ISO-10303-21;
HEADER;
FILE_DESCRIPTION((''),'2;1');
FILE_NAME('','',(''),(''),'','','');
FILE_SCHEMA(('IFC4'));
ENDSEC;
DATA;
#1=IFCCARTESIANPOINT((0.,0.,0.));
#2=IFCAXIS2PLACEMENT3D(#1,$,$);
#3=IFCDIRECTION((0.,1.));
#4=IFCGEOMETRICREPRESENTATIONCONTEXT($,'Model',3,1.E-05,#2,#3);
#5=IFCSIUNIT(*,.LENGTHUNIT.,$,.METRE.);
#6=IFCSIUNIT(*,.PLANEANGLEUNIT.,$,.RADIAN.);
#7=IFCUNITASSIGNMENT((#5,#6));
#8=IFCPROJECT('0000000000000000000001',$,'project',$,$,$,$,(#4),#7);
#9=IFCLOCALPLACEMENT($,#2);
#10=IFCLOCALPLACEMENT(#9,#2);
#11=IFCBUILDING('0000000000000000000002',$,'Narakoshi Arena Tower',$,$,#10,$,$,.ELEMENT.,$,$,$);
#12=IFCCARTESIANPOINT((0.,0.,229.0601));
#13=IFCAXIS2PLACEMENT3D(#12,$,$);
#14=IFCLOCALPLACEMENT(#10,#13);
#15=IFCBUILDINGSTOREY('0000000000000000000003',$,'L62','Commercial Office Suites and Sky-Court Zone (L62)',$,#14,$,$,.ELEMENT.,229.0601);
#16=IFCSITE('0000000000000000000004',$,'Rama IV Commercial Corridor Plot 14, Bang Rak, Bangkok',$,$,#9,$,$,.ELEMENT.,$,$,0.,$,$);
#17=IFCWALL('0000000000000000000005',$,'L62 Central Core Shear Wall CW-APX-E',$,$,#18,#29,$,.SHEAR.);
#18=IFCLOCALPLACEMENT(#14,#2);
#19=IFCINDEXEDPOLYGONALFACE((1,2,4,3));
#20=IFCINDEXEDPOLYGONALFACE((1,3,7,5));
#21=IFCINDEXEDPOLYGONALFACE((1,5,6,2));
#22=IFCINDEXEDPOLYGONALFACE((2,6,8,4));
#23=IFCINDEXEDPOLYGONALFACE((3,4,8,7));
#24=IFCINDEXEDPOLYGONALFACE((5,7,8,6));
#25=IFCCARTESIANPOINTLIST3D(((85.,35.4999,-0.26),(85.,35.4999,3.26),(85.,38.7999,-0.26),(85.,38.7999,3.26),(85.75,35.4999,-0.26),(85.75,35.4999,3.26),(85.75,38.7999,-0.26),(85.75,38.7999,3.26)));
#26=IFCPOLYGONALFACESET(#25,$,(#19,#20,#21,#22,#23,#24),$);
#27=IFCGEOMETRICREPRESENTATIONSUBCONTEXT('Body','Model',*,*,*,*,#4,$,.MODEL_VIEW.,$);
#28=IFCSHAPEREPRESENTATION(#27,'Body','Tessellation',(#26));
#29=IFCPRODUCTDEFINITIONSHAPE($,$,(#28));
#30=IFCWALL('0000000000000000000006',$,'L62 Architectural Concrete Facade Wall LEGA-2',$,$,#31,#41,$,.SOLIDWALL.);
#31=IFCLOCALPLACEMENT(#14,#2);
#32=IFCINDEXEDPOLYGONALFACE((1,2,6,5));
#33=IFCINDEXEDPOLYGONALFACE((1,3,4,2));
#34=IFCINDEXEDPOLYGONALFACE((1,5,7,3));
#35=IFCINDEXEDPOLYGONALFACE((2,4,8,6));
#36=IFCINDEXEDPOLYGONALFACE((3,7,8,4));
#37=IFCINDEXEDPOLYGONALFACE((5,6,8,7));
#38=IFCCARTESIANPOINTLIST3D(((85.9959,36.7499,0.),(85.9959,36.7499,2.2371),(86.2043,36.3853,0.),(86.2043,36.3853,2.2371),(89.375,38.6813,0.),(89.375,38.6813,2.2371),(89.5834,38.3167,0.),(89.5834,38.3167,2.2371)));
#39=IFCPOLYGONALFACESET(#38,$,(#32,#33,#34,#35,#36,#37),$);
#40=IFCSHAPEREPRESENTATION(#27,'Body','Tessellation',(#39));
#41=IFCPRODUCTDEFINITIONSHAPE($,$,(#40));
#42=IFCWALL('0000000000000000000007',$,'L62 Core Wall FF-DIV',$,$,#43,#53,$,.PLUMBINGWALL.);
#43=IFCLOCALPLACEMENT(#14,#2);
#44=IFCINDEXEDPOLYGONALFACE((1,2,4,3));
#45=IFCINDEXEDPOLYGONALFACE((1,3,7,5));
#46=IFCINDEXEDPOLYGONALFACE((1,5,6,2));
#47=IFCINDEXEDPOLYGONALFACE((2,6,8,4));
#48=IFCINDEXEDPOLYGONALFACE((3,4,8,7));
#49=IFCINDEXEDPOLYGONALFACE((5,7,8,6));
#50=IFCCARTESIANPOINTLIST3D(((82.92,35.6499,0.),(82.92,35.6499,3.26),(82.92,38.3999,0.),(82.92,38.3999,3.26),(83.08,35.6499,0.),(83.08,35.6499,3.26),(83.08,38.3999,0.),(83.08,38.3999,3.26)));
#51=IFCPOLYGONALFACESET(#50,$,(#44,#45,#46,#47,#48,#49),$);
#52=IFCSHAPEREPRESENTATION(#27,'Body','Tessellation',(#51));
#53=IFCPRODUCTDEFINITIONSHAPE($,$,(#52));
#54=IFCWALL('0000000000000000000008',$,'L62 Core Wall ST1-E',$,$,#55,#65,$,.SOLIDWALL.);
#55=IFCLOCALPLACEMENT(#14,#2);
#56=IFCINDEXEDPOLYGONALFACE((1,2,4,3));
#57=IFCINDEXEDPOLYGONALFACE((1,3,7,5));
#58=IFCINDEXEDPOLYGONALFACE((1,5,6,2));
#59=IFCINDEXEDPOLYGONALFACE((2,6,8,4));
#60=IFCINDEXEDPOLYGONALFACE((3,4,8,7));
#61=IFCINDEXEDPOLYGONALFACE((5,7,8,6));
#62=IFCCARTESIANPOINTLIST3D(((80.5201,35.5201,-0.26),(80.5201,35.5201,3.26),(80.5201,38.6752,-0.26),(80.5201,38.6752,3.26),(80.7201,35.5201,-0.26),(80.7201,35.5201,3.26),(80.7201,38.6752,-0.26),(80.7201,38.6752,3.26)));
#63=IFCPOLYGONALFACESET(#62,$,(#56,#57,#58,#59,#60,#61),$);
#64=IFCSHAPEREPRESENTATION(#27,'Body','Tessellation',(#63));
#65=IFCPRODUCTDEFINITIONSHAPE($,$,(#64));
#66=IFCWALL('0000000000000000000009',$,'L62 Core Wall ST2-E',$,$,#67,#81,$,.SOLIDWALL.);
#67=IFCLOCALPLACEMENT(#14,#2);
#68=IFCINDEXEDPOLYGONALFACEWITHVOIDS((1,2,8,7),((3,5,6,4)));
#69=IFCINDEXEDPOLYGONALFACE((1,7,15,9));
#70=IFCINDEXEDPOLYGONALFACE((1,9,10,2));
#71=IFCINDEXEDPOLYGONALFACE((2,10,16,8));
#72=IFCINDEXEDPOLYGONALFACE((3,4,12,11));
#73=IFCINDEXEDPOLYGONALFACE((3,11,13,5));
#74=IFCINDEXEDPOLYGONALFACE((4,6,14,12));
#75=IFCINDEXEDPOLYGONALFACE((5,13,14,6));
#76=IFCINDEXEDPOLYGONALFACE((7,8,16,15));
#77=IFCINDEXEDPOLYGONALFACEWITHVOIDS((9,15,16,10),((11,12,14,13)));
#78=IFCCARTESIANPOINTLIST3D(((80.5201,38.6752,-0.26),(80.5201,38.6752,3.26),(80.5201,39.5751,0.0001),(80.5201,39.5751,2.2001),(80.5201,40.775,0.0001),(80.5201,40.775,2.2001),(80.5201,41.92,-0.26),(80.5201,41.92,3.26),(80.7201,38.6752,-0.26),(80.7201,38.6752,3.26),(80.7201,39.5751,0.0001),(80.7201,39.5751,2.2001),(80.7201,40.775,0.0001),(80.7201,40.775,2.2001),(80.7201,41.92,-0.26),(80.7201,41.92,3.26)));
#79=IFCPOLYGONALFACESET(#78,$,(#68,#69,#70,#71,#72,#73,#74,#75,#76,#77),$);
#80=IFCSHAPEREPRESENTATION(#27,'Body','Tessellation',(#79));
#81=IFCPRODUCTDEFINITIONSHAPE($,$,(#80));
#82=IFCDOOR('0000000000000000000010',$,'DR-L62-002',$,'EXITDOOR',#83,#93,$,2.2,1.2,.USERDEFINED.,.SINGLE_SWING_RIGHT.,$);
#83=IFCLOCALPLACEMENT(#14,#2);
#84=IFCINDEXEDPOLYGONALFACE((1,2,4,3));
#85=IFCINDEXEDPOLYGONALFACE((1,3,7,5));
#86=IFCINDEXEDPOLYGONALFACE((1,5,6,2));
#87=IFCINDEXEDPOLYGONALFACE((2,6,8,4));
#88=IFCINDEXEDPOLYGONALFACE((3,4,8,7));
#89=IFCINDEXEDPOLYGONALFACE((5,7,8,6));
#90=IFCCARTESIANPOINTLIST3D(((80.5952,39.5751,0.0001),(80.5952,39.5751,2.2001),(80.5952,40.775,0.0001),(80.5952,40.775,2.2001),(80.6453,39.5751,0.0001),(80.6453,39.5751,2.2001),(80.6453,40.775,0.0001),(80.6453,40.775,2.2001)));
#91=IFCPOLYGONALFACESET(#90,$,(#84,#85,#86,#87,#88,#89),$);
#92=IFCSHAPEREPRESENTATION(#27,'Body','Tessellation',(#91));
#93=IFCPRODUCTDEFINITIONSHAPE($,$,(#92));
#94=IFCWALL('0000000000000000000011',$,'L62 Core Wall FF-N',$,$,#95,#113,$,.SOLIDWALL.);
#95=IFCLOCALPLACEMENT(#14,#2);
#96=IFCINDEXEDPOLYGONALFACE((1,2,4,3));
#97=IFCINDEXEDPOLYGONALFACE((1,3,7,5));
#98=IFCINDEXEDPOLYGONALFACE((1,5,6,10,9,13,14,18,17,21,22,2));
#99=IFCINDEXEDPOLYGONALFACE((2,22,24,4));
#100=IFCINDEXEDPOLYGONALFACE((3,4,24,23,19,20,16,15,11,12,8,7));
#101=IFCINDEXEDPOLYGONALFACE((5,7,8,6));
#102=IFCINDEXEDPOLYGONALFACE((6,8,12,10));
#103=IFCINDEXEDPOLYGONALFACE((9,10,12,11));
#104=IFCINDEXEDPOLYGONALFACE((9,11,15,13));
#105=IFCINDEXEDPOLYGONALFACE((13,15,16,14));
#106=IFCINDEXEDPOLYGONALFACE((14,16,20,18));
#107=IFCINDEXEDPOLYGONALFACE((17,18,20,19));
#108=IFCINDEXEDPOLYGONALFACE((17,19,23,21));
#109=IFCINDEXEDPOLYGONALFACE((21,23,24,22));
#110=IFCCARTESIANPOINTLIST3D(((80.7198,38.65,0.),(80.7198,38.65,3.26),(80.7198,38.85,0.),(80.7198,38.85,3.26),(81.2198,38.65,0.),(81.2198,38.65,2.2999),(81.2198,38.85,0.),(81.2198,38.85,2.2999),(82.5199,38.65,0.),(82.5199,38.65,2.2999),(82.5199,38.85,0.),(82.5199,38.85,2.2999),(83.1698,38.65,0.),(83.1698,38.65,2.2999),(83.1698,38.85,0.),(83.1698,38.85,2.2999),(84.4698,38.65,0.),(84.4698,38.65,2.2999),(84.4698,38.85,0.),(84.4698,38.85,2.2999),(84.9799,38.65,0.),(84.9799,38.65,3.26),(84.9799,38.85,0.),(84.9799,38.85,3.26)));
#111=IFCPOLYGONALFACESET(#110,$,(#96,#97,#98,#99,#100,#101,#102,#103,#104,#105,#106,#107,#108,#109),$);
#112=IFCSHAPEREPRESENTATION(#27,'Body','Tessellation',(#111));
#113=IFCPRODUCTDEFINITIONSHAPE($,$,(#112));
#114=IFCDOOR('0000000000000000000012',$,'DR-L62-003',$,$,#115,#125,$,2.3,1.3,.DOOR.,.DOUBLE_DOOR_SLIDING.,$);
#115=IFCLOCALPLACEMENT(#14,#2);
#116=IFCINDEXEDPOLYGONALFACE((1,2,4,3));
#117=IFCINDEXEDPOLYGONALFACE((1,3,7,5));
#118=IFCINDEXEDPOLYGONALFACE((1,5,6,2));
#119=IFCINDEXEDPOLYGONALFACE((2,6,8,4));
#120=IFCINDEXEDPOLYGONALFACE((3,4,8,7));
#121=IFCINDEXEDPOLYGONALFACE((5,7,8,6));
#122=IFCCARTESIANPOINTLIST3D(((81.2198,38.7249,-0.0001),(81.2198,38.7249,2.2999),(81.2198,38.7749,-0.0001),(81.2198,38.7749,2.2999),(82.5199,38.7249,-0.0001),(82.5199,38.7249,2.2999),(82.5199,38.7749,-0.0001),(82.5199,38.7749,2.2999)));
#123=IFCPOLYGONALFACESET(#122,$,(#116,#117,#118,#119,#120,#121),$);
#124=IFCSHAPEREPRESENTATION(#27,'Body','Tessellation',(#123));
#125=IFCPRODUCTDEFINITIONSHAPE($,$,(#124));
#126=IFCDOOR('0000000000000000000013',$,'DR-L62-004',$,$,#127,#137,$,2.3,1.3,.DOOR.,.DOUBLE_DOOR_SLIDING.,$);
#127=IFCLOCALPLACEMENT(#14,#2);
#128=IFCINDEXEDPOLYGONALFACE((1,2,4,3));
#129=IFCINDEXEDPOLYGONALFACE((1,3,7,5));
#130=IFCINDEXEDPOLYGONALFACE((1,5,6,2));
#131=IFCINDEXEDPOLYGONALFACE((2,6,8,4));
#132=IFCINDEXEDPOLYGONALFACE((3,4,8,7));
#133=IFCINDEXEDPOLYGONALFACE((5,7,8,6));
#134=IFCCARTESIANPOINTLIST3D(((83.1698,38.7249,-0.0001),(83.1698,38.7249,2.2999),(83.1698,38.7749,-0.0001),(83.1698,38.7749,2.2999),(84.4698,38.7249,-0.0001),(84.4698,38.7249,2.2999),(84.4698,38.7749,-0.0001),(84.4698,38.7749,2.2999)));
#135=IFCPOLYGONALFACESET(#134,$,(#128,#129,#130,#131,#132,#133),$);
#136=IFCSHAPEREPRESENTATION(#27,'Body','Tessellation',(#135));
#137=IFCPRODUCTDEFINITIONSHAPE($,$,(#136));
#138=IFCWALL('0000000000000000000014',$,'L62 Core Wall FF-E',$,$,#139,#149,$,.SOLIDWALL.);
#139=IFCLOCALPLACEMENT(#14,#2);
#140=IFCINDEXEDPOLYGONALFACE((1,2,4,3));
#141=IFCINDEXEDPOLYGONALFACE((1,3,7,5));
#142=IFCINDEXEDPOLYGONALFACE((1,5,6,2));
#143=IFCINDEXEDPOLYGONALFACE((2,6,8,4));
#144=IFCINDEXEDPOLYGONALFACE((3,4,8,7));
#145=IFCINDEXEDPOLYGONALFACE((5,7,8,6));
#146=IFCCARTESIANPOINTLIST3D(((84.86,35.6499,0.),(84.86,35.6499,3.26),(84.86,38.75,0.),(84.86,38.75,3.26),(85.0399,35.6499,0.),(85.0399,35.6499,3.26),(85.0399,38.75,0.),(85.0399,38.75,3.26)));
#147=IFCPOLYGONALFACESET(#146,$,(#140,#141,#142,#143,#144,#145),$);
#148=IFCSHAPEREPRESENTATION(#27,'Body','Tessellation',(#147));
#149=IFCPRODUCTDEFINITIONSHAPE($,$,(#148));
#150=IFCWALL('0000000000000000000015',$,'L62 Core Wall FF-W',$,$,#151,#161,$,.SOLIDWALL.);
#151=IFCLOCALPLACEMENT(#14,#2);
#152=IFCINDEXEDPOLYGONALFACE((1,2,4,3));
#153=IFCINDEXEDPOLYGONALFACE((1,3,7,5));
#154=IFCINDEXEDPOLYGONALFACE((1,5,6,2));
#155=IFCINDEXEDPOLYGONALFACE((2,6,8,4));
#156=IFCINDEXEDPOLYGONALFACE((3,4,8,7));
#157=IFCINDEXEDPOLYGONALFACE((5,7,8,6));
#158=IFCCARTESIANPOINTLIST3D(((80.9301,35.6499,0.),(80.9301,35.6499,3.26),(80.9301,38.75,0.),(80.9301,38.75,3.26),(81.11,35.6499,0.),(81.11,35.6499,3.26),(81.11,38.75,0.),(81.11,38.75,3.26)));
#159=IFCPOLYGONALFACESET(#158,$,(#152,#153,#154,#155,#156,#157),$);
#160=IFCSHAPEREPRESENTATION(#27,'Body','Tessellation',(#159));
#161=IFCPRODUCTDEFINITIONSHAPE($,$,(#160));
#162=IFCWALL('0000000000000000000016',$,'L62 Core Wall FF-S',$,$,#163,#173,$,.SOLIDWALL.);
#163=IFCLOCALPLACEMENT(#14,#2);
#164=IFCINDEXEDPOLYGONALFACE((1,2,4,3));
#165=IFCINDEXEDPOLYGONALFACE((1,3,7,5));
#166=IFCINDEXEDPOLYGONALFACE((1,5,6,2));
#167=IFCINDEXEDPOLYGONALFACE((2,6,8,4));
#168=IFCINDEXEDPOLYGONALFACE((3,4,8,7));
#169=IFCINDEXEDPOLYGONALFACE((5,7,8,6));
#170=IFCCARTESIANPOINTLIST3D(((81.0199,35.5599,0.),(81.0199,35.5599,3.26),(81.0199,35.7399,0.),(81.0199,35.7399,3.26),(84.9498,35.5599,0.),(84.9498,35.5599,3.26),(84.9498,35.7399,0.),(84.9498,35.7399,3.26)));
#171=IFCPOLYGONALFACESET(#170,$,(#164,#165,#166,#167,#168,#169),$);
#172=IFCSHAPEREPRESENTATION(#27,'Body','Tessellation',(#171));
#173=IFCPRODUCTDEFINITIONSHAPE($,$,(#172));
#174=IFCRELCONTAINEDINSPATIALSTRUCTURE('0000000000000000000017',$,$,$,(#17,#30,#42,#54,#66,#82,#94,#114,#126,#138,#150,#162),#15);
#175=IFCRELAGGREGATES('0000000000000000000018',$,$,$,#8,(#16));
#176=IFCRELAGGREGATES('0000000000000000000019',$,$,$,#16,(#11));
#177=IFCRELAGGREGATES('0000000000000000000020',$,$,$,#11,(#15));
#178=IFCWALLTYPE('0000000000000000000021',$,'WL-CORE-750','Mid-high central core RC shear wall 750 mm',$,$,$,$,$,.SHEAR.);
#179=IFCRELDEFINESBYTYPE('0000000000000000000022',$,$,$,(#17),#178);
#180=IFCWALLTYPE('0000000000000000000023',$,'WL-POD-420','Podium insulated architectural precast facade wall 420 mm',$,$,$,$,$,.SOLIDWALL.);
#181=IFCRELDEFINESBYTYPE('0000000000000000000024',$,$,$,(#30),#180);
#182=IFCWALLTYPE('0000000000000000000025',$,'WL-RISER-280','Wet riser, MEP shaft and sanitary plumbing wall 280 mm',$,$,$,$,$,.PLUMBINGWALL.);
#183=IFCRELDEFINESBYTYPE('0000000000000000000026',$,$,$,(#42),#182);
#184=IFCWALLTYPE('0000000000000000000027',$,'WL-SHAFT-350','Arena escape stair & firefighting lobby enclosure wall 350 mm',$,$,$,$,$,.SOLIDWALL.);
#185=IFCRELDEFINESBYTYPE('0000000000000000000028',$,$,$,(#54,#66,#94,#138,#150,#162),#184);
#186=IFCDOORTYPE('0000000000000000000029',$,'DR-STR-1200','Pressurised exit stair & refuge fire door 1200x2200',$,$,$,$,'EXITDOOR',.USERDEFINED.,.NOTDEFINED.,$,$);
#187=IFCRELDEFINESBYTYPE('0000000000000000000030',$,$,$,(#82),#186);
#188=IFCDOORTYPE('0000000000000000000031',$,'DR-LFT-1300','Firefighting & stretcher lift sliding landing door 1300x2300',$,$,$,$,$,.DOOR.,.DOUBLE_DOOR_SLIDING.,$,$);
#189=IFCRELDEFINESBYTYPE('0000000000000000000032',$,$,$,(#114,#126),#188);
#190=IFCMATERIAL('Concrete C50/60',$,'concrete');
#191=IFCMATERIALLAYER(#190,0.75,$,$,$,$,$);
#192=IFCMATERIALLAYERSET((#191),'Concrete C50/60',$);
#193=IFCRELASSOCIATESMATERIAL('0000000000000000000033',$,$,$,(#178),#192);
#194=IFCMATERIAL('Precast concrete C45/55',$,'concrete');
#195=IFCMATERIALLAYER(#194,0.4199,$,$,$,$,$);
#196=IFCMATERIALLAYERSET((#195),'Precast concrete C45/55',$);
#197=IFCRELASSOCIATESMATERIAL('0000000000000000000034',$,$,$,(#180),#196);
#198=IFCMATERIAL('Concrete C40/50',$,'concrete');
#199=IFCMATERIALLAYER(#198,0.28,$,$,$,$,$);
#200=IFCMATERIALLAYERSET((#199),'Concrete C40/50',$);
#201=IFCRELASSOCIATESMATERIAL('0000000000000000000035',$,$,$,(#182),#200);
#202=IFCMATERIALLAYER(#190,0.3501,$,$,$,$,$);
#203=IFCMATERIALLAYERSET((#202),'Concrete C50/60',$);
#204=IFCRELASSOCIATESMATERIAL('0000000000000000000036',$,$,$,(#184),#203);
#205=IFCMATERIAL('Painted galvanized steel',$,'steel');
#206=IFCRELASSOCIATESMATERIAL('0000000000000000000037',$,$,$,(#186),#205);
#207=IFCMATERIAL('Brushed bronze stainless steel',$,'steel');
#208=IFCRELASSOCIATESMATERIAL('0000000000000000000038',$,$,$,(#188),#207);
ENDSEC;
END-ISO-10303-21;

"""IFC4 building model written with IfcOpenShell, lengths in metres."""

from ifc_helpers import new_model, si_unit, direction, frame, frame_2d, origin, place, context, subcontext, project, spatial, rectangle, extrude, material, layer, layer_set, type_object, element, fill, save


model = new_model("IFC4")

# Units and contexts
model_context = context("Model", 3, precision=1e-05, world=origin(), true_north=direction((0.0, 1.0)))
body_context = subcontext(model_context, "Body", "Model", "MODEL_VIEW")
ifc_project = project(units=[si_unit("LENGTHUNIT", "METRE"), si_unit("PLANEANGLEUNIT", "RADIAN")], contexts=[model_context])

# Site, building, storey
site_placement = place(None, origin())
site = spatial("IfcSite", under=ifc_project, at=site_placement, Name="Rama IV Commercial Corridor Plot 14, Bang Rak, Bangkok", CompositionType="ELEMENT", RefElevation=0.0)
building_placement = place(site_placement, origin())
building = spatial("IfcBuilding", under=site, at=building_placement, Name="Narakoshi Arena Tower", CompositionType="ELEMENT")
storey_placement = place(building_placement, frame((0.0, 0.0, 229.0601)))
storey = spatial("IfcBuildingStorey", under=building, at=storey_placement, Name="L62", Description="Commercial Office Suites and Sky-Court Zone (L62)", CompositionType="ELEMENT", Elevation=229.0601)

# Walls
ifc_material_1 = material(Name="Concrete C50/60", Category="concrete")
ifc_layer_1 = layer(ifc_material_1, 0.75)
ifc_layer_set_1 = layer_set([ifc_layer_1], Name="Concrete C50/60")
wall_type_1 = type_object("IfcWallType", Name="WL-CORE-750", Description="Mid-high central core RC shear wall 750 mm", PredefinedType="SHEAR", material=ifc_layer_set_1)
wall_1_placement = place(storey_placement, frame((85.375, 35.5, -0.26), z_axis=(0.0, 0.0, 1.0), x_axis=(0.0, 1.0, 0.0)))
element("IfcWall", 1, at=wall_1_placement, inside=storey, type_object=wall_type_1, Name="L62 Central Core Shear Wall CW-APX-E", PredefinedType="SHEAR", context=body_context, shape_type="SweptSolid", body=[
    extrude(rectangle(XDim=3.3, YDim=0.75, at=frame_2d((1.6499, 0.0))), origin(), (0.0, 0.0, 1.0), 3.52),
])
ifc_material_2 = material(Name="Precast concrete C45/55", Category="concrete")
ifc_layer_2 = layer(ifc_material_2, 0.4199)
ifc_layer_set_2 = layer_set([ifc_layer_2], Name="Precast concrete C45/55")
wall_type_2 = type_object("IfcWallType", Name="WL-POD-420", Description="Podium insulated architectural precast facade wall 420 mm", PredefinedType="SOLIDWALL", material=ifc_layer_set_2)
wall_2_placement = place(storey_placement, frame((86.1001, 36.5676, 0.0), z_axis=(0.0, 0.0, 1.0), x_axis=(0.868193, 0.496227, 0.0)))
element("IfcWall", 2, at=wall_2_placement, inside=storey, type_object=wall_type_2, Name="L62 Architectural Concrete Facade Wall LEGA-2", PredefinedType="SOLIDWALL", context=body_context, shape_type="SweptSolid", body=[
    extrude(rectangle(XDim=3.8921, YDim=0.4199, at=frame_2d((1.946, 0.0))), origin(), (0.0, 0.0, 1.0), 2.2371),
])
ifc_material_3 = material(Name="Concrete C40/50", Category="concrete")
ifc_layer_3 = layer(ifc_material_3, 0.28)
ifc_layer_set_3 = layer_set([ifc_layer_3], Name="Concrete C40/50")
wall_type_3 = type_object("IfcWallType", Name="WL-RISER-280", Description="Wet riser, MEP shaft and sanitary plumbing wall 280 mm", PredefinedType="PLUMBINGWALL", material=ifc_layer_set_3)
wall_3_placement = place(storey_placement, frame((83.0, 35.6499, 0.0), z_axis=(0.0, 0.0, 1.0), x_axis=(0.0, 1.0, 0.0)))
element("IfcWall", 3, at=wall_3_placement, inside=storey, type_object=wall_type_3, Name="L62 Core Wall FF-DIV", PredefinedType="PLUMBINGWALL", context=body_context, shape_type="SweptSolid", body=[
    extrude(rectangle(XDim=2.75, YDim=0.1599, at=frame_2d((1.375, 0.0))), origin(), (0.0, 0.0, 1.0), 3.26),
])
ifc_layer_4 = layer(ifc_material_1, 0.3501)
ifc_layer_set_4 = layer_set([ifc_layer_4], Name="Concrete C50/60")
wall_type_4 = type_object("IfcWallType", Name="WL-SHAFT-350", Description="Arena escape stair & firefighting lobby enclosure wall 350 mm", PredefinedType="SOLIDWALL", material=ifc_layer_set_4)
wall_4_placement = place(storey_placement, frame((80.6201, 35.52, -0.26), z_axis=(0.0, 0.0, 1.0), x_axis=(0.0, 1.0, 0.0)))
element("IfcWall", 4, at=wall_4_placement, inside=storey, type_object=wall_type_4, Name="L62 Core Wall ST1-E", PredefinedType="SOLIDWALL", context=body_context, shape_type="SweptSolid", body=[
    extrude(rectangle(XDim=3.155, YDim=0.2, at=frame_2d((1.5776, 0.0))), origin(), (0.0, 0.0, 1.0), 3.52),
])

# Wall, opening, door
wall_5_placement = place(storey_placement, frame((80.6201, 38.675, -0.26), z_axis=(0.0, 0.0, 1.0), x_axis=(0.0, 1.0, 0.0)))
wall_5 = element("IfcWall", 5, at=wall_5_placement, inside=storey, type_object=wall_type_4, Name="L62 Core Wall ST2-E", PredefinedType="SOLIDWALL", context=body_context, shape_type="SweptSolid", body=[
    extrude(rectangle(XDim=3.2449, YDim=0.2, at=frame_2d((1.6226, 0.0))), origin(), (0.0, 0.0, 1.0), 3.52),
])
opening_1_placement = place(wall_5_placement, frame((0.8999, 0.0, 0.26)))
opening_1 = element("IfcOpeningElement", 6, at=opening_1_placement, cuts=wall_5, PredefinedType="OPENING", context=body_context, shape_type="SweptSolid", body=[
    extrude(rectangle(XDim=1.2, YDim=2.2, at=frame_2d((0.6001, 1.1001))), frame((0.0, 0.1099, 0.0), z_axis=(0.0, -1.0, 0.0), x_axis=(1.0, 0.0, 0.0)), (0.0, 0.0, 1.0), 0.22),
])
ifc_material_4 = material(Name="Painted galvanized steel", Category="steel")
door_type_1 = type_object("IfcDoorType", Name="DR-STR-1200", Description="Pressurised exit stair & refuge fire door 1200x2200", ElementType="EXITDOOR", OperationType="NOTDEFINED", PredefinedType="USERDEFINED", material=ifc_material_4)
door_1_placement = place(opening_1_placement, origin())
door_1 = element("IfcDoor", 7, at=door_1_placement, inside=storey, type_object=door_type_1, Name="DR-L62-002", ObjectType="EXITDOOR", OperationType="SINGLE_SWING_RIGHT", OverallHeight=2.2, OverallWidth=1.2, PredefinedType="USERDEFINED", context=body_context, shape_type="SweptSolid", body=[
    extrude(rectangle(XDim=1.2, YDim=2.2, at=frame_2d((0.6001, 1.1001))), frame((0.0, 0.0249, 0.0), z_axis=(0.0, -1.0, 0.0), x_axis=(1.0, 0.0, 0.0)), (0.0, 0.0, 1.0), 0.05),
])
fill(opening_1, door_1)

# Wall, openings, doors
wall_6_placement = place(storey_placement, frame((80.72, 38.75, 0.0), z_axis=(0.0, 0.0, 1.0), x_axis=(1.0, 0.0, 0.0)))
wall_6 = element("IfcWall", 8, at=wall_6_placement, inside=storey, type_object=wall_type_4, Name="L62 Core Wall FF-N", PredefinedType="SOLIDWALL", context=body_context, shape_type="SweptSolid", body=[
    extrude(rectangle(XDim=4.26, YDim=0.2, at=frame_2d((2.1299, 0.0))), origin(), (0.0, 0.0, 1.0), 3.26),
])
opening_2_placement = place(wall_6_placement, frame((0.5, 0.0, 0.0)))
opening_2 = element("IfcOpeningElement", 9, at=opening_2_placement, cuts=wall_6, PredefinedType="OPENING", context=body_context, shape_type="SweptSolid", body=[
    extrude(rectangle(XDim=1.3, YDim=2.3, at=frame_2d((0.6499, 1.1499))), frame((0.0, 0.1099, 0.0), z_axis=(0.0, -1.0, 0.0), x_axis=(1.0, 0.0, 0.0)), (0.0, 0.0, 1.0), 0.22),
])
opening_3_placement = place(wall_6_placement, frame((2.45, 0.0, 0.0)))
opening_3 = element("IfcOpeningElement", 10, at=opening_3_placement, cuts=wall_6, PredefinedType="OPENING", context=body_context, shape_type="SweptSolid", body=[
    extrude(rectangle(XDim=1.3, YDim=2.3, at=frame_2d((0.6499, 1.1499))), frame((0.0, 0.1099, 0.0), z_axis=(0.0, -1.0, 0.0), x_axis=(1.0, 0.0, 0.0)), (0.0, 0.0, 1.0), 0.22),
])
ifc_material_5 = material(Name="Brushed bronze stainless steel", Category="steel")
door_type_2 = type_object("IfcDoorType", Name="DR-LFT-1300", Description="Firefighting & stretcher lift sliding landing door 1300x2300", OperationType="DOUBLE_DOOR_SLIDING", PredefinedType="DOOR", material=ifc_material_5)
door_2_placement = place(opening_2_placement, origin())
door_2 = element("IfcDoor", 11, at=door_2_placement, inside=storey, type_object=door_type_2, Name="DR-L62-003", OperationType="DOUBLE_DOOR_SLIDING", OverallHeight=2.3, OverallWidth=1.3, PredefinedType="DOOR", context=body_context, shape_type="SweptSolid", body=[
    extrude(rectangle(XDim=1.3, YDim=2.3, at=frame_2d((0.6499, 1.1499))), frame((0.0, 0.0249, 0.0), z_axis=(0.0, -1.0, 0.0), x_axis=(1.0, 0.0, 0.0)), (0.0, 0.0, 1.0), 0.05),
])
fill(opening_2, door_2)
door_3_placement = place(opening_3_placement, origin())
door_3 = element("IfcDoor", 12, at=door_3_placement, inside=storey, type_object=door_type_2, Name="DR-L62-004", OperationType="DOUBLE_DOOR_SLIDING", OverallHeight=2.3, OverallWidth=1.3, PredefinedType="DOOR", context=body_context, shape_type="SweptSolid", body=[
    extrude(rectangle(XDim=1.3, YDim=2.3, at=frame_2d((0.6499, 1.1499))), frame((0.0, 0.0249, 0.0), z_axis=(0.0, -1.0, 0.0), x_axis=(1.0, 0.0, 0.0)), (0.0, 0.0, 1.0), 0.05),
])
fill(opening_3, door_3)

# Walls
for number, where, z_axis, x_axis, name in (
    (13, (84.95, 35.6499, 0.0), (0.0, 0.0, 1.0), (0.0, 1.0, 0.0), "L62 Core Wall FF-E"),
    (14, (81.02, 35.6499, 0.0), (0.0, 0.0, 1.0), (0.0, 1.0, 0.0), "L62 Core Wall FF-W"),
):
    element("IfcWall", number, at=place(storey_placement, frame(where, z_axis=z_axis, x_axis=x_axis)), inside=storey, type_object=wall_type_4, Name=name, PredefinedType="SOLIDWALL", context=body_context, shape_type="SweptSolid", body=[
        extrude(rectangle(XDim=3.1001, YDim=0.1799, at=frame_2d((1.55, 0.0))), origin(), (0.0, 0.0, 1.0), 3.26),
    ])
wall_7_placement = place(storey_placement, frame((81.02, 35.6499, 0.0), z_axis=(0.0, 0.0, 1.0), x_axis=(1.0, 0.0, 0.0)))
element("IfcWall", 15, at=wall_7_placement, inside=storey, type_object=wall_type_4, Name="L62 Core Wall FF-S", PredefinedType="SOLIDWALL", context=body_context, shape_type="SweptSolid", body=[
    extrude(rectangle(XDim=3.9299, YDim=0.1799, at=frame_2d((1.9648, 0.0))), origin(), (0.0, 0.0, 1.0), 3.26),
])

save(model, "model.ifc")
